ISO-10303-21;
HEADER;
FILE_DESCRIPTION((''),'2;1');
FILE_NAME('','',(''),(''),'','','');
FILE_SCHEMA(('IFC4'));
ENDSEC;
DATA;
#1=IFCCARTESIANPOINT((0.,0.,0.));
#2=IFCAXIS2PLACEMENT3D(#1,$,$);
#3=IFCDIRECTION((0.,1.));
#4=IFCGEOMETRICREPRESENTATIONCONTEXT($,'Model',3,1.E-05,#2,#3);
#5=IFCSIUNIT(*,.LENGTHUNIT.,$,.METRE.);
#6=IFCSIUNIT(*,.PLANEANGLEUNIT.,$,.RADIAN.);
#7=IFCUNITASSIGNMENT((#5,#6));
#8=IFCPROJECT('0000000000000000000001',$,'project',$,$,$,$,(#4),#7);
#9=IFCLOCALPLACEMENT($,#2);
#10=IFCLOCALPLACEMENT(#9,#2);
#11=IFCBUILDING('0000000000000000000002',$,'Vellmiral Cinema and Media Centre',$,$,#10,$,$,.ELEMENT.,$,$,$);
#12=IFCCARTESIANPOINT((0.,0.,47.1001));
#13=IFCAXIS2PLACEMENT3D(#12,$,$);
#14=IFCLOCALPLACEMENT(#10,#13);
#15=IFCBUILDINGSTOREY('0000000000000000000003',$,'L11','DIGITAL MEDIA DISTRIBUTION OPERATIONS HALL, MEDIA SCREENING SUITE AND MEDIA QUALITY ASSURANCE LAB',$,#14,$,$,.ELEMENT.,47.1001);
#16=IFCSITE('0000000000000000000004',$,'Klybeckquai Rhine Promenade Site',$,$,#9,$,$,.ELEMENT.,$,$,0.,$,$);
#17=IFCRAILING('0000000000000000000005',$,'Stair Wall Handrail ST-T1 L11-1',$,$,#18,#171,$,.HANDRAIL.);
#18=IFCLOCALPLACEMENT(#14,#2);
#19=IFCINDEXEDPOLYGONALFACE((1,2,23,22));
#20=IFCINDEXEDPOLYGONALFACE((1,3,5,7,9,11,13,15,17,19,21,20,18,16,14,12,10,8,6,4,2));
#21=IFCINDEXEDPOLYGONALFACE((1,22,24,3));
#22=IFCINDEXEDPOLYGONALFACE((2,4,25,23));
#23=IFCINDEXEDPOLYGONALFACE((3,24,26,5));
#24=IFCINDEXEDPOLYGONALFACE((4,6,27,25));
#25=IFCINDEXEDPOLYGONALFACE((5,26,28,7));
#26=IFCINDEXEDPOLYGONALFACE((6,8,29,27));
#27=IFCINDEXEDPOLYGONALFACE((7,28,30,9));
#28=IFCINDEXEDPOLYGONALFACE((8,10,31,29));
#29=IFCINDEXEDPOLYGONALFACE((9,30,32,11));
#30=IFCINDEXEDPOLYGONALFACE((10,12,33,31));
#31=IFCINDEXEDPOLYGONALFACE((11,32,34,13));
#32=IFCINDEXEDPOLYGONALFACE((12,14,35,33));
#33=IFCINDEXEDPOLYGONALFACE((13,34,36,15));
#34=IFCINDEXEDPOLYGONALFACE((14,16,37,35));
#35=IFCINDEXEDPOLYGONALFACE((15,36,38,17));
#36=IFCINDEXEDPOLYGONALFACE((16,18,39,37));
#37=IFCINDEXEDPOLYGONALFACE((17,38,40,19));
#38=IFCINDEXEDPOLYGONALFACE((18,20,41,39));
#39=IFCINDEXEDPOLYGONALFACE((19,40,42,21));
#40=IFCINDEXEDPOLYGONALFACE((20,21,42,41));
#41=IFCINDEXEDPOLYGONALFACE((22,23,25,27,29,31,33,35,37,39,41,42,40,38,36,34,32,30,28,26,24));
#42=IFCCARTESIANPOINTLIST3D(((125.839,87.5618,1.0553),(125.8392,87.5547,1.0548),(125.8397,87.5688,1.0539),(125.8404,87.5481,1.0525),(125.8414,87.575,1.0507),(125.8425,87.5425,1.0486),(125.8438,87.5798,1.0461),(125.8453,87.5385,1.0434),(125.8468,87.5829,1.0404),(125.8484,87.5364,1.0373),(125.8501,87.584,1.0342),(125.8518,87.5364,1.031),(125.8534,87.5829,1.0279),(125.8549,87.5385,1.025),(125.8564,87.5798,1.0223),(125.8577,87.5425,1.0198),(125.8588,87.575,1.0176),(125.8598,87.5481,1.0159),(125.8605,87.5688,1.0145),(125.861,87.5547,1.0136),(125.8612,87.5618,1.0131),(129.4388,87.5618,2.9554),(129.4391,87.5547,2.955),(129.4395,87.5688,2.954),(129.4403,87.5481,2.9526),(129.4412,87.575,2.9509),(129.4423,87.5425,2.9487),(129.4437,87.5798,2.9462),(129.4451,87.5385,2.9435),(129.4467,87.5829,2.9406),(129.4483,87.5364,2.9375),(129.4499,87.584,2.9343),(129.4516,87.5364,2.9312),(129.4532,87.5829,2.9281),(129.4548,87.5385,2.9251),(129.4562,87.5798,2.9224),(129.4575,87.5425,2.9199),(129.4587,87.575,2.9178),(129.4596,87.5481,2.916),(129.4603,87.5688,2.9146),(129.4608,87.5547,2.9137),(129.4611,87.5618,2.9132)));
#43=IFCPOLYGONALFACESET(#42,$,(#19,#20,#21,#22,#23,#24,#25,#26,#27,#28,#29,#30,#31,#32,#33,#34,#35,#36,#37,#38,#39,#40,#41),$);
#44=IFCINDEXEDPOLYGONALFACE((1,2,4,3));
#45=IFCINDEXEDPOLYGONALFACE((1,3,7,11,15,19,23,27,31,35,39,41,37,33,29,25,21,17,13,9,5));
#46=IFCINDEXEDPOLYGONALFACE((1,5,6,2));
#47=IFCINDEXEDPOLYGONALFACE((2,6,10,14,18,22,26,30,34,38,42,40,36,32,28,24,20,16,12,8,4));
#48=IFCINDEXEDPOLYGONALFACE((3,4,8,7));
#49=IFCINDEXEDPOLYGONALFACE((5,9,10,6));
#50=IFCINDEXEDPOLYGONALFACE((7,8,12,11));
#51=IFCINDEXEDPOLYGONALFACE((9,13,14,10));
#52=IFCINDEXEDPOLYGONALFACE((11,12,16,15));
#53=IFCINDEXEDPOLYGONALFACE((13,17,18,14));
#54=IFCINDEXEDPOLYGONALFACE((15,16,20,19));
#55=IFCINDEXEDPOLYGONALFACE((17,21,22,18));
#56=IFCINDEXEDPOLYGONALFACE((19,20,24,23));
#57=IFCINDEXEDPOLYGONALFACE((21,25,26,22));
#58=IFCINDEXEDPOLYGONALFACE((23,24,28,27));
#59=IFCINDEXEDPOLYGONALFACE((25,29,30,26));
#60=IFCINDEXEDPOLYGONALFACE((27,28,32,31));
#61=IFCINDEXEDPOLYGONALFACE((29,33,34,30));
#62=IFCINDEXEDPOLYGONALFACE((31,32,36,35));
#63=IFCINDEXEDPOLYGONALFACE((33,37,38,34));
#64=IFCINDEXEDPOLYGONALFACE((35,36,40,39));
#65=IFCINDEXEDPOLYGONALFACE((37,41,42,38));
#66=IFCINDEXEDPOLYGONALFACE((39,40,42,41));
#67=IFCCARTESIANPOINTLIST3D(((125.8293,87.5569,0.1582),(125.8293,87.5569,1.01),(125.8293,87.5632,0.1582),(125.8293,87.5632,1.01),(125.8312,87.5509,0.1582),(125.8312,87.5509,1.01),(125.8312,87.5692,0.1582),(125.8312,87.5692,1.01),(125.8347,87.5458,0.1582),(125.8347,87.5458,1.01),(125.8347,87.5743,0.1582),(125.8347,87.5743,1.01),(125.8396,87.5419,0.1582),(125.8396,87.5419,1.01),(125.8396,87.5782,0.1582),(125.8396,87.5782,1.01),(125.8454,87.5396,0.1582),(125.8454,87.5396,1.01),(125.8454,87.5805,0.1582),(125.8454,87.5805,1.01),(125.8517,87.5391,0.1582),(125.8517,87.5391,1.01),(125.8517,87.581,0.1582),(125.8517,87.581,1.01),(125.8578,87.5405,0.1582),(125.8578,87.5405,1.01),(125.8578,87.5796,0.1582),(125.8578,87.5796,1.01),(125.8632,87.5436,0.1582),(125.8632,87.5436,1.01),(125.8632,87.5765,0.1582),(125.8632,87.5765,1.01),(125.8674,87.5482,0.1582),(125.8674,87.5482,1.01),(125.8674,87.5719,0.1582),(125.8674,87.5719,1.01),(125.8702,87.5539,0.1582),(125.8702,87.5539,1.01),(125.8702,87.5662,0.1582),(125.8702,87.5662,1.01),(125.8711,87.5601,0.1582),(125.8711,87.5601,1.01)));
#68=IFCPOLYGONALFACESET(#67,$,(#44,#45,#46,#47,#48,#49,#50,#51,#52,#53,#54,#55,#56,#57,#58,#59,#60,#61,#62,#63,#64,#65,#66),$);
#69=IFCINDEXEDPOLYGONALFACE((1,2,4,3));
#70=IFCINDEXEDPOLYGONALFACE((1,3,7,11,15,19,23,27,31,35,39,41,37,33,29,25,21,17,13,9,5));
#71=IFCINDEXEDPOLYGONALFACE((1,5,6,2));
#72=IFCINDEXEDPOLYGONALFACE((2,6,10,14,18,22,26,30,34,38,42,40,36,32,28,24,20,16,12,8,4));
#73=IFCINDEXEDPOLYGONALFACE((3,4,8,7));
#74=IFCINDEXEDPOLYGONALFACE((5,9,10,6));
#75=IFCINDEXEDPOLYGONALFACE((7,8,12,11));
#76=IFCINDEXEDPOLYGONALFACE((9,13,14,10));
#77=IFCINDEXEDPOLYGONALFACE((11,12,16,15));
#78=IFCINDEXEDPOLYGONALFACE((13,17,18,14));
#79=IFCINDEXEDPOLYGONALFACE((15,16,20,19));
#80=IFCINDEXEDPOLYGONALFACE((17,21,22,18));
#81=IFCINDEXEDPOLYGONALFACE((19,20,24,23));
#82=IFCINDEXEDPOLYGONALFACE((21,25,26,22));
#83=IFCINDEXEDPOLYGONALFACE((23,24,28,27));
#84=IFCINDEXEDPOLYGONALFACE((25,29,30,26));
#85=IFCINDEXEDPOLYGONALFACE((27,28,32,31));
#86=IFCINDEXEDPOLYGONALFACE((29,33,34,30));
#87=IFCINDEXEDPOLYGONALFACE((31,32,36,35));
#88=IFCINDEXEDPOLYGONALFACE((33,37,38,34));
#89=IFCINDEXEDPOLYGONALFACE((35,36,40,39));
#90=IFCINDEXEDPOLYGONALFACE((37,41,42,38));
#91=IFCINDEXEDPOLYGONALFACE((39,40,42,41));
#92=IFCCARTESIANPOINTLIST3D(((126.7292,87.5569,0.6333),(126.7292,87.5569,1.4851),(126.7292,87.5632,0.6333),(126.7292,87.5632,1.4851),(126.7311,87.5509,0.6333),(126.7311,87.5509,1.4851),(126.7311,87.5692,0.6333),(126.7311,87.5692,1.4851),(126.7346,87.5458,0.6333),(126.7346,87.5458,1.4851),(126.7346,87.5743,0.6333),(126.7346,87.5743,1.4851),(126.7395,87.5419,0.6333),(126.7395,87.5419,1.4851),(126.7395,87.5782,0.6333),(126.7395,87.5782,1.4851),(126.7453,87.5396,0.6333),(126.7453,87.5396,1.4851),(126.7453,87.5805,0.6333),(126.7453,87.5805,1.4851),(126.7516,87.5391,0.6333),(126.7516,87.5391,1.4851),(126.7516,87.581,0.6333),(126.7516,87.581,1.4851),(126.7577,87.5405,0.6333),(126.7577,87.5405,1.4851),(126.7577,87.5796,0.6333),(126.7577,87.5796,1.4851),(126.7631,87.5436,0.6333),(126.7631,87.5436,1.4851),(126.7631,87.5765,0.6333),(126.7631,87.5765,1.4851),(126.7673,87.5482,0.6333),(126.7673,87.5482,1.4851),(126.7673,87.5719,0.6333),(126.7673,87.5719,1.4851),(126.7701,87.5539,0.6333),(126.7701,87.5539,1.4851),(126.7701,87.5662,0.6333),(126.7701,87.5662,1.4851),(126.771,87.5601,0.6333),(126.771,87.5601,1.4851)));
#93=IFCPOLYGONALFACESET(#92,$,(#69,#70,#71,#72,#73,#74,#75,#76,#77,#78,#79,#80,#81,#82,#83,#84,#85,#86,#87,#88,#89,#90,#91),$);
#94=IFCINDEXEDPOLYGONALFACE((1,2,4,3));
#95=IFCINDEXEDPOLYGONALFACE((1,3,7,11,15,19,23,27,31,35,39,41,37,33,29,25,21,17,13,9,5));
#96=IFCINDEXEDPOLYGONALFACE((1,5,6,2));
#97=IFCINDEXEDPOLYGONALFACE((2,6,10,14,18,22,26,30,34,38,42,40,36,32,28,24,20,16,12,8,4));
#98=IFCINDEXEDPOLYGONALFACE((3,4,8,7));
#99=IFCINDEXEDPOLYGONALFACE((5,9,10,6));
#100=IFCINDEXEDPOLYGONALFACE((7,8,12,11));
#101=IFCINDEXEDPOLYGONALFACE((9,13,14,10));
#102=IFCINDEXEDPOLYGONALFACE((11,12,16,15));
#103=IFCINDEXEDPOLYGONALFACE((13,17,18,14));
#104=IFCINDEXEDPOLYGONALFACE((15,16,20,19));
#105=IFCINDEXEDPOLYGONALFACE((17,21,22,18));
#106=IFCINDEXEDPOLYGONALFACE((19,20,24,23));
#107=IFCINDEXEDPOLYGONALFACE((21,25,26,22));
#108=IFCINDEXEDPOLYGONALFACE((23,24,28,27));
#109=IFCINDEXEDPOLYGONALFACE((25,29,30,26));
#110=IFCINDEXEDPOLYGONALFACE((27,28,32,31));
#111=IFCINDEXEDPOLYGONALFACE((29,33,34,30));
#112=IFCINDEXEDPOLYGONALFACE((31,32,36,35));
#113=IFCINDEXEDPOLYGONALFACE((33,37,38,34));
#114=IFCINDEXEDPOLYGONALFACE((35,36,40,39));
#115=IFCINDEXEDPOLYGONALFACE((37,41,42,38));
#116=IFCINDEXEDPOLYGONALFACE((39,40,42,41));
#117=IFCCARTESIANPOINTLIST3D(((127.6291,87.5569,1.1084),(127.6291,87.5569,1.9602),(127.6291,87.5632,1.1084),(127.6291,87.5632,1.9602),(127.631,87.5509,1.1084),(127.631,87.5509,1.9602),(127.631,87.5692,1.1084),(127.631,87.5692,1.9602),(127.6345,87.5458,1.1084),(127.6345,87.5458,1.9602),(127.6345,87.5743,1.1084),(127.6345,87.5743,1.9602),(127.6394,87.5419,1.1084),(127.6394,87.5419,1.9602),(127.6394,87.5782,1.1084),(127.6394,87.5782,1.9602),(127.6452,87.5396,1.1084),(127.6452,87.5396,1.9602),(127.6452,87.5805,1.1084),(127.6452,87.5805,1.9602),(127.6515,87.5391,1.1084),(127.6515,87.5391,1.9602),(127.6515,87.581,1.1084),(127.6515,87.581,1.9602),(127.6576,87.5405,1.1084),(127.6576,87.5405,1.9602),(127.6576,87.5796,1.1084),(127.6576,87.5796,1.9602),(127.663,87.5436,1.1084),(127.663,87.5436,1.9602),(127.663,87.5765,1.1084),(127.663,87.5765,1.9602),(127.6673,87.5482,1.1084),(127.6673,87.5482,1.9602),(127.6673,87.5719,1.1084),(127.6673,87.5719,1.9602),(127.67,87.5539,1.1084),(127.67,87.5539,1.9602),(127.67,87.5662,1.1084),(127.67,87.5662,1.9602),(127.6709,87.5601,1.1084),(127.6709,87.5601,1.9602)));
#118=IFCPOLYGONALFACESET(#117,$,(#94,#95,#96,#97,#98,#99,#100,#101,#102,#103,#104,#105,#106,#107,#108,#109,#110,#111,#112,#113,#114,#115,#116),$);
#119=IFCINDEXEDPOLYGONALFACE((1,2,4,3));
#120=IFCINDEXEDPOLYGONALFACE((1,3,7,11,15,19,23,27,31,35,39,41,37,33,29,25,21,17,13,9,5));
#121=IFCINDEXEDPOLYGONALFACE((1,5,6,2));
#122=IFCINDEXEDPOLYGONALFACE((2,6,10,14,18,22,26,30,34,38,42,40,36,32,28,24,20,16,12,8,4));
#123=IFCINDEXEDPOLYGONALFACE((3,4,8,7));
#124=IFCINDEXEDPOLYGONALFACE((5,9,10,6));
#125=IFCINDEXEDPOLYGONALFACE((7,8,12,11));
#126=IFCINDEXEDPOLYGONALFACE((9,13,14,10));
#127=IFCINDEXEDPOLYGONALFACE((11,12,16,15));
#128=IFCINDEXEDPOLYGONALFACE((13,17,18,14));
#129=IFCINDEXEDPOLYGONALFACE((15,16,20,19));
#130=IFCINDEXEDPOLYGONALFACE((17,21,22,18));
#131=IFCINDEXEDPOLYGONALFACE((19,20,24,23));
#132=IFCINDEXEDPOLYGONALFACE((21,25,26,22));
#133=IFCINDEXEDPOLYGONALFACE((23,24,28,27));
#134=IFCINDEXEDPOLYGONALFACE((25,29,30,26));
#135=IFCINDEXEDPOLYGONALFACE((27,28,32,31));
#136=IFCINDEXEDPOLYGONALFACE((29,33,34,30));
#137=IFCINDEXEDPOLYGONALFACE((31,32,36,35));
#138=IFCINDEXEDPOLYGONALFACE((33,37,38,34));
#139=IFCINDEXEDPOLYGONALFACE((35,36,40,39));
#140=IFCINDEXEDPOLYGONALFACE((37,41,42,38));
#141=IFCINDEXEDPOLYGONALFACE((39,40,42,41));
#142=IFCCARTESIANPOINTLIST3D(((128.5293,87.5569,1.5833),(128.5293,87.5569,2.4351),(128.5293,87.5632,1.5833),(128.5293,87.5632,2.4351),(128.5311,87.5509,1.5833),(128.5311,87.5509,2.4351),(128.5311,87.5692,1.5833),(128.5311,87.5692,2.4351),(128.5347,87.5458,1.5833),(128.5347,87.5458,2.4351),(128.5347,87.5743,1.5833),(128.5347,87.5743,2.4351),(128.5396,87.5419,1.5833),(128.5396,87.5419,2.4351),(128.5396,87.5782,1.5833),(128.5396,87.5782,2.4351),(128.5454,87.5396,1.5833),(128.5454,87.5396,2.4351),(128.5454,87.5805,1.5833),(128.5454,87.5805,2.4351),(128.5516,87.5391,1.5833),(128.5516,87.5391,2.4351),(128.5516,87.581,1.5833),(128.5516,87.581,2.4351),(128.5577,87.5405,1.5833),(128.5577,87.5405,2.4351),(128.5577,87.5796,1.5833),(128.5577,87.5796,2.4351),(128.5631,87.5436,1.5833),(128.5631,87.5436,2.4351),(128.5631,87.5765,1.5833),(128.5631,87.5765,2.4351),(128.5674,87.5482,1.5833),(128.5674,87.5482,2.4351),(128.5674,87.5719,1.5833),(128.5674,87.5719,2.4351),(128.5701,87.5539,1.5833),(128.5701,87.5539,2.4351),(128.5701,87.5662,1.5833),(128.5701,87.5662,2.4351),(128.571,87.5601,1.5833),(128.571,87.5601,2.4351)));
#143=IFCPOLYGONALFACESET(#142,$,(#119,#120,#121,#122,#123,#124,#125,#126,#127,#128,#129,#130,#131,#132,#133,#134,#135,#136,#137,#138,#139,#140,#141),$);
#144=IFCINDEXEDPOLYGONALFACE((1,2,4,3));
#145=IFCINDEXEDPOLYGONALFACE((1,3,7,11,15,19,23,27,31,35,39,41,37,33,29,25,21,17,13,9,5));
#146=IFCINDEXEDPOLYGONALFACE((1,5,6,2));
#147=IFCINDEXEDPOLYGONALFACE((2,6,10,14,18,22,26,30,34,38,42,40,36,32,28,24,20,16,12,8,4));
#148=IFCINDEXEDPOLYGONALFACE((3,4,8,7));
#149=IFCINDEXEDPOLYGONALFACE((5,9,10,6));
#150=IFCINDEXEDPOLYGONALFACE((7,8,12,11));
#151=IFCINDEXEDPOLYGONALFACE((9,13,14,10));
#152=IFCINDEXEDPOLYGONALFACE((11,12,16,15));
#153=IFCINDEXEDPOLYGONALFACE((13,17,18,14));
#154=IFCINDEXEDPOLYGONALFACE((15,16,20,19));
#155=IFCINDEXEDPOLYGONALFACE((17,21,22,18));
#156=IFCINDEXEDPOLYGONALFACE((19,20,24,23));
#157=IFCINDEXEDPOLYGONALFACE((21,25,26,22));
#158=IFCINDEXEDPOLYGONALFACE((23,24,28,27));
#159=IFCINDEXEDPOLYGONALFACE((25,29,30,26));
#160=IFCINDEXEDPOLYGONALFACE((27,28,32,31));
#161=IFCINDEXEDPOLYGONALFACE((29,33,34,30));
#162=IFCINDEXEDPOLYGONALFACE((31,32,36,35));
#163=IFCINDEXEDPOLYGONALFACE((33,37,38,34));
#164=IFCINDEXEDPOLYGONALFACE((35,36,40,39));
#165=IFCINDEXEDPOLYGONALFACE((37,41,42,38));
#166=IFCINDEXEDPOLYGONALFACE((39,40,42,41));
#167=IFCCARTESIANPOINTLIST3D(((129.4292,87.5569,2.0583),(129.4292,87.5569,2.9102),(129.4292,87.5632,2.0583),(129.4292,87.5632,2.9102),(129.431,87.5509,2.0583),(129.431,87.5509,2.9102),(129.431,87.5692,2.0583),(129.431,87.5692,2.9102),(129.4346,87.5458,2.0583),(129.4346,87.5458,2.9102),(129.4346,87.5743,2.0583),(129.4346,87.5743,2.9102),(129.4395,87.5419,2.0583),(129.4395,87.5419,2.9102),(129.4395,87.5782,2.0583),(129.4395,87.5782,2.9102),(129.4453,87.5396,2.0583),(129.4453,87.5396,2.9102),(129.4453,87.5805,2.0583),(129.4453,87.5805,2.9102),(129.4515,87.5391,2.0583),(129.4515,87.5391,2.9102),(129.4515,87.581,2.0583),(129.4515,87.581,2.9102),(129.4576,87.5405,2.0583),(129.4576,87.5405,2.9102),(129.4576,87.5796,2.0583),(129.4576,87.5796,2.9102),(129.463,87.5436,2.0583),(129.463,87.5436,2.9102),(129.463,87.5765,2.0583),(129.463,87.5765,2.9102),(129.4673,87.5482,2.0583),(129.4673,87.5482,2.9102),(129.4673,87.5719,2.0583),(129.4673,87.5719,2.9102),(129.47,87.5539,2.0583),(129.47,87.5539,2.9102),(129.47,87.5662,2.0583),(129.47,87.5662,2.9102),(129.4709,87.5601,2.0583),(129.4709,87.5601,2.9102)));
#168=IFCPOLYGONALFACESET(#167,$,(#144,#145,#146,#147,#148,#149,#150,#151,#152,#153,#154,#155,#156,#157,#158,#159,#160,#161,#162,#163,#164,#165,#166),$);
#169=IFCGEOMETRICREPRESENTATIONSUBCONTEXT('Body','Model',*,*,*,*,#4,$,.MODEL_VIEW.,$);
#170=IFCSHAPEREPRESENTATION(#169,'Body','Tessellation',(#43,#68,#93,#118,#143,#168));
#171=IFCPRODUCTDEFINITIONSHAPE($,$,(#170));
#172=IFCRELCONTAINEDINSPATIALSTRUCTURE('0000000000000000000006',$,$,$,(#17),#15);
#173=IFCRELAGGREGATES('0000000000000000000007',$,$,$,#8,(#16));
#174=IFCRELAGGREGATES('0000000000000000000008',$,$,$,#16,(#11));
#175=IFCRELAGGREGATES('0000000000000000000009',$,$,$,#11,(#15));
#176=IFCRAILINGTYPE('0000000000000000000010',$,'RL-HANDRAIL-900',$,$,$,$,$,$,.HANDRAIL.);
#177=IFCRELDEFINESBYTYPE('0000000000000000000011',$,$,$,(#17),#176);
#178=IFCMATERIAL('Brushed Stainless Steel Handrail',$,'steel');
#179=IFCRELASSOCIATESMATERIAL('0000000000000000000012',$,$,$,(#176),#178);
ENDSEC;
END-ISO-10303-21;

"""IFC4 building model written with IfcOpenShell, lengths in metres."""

from ifc_helpers import new_model, si_unit, direction, frame, origin, origin_2d, place, context, subcontext, project, spatial, circle, extrude, material, type_object, element, save


model = new_model("IFC4")

# Units and contexts
model_context = context("Model", 3, precision=1e-05, world=origin(), true_north=direction((0.0, 1.0)))
body_context = subcontext(model_context, "Body", "Model", "MODEL_VIEW")
ifc_project = project(units=[si_unit("LENGTHUNIT", "METRE"), si_unit("PLANEANGLEUNIT", "RADIAN")], contexts=[model_context])

# Site, building, storey
site_placement = place(None, origin())
site = spatial("IfcSite", under=ifc_project, at=site_placement, Name="Klybeckquai Rhine Promenade Site", CompositionType="ELEMENT", RefElevation=0.0)
building_placement = place(site_placement, origin())
building = spatial("IfcBuilding", under=site, at=building_placement, Name="Vellmiral Cinema and Media Centre", CompositionType="ELEMENT")
storey_placement = place(building_placement, frame((0.0, 0.0, 47.1001)))
storey = spatial("IfcBuildingStorey", under=building, at=storey_placement, Name="L11", Description="DIGITAL MEDIA DISTRIBUTION OPERATIONS HALL, MEDIA SCREENING SUITE AND MEDIA QUALITY ASSURANCE LAB", CompositionType="ELEMENT", Elevation=47.1001)

# Railing
ifc_material_1 = material(Name="Brushed Stainless Steel Handrail", Category="steel")
railing_type = type_object("IfcRailingType", Name="RL-HANDRAIL-900", PredefinedType="HANDRAIL", material=ifc_material_1)
railing_placement = place(storey_placement, frame((125.8501, 87.5601, 0.1582)))
element("IfcRailing", 1, at=railing_placement, inside=storey, type_object=railing_type, Name="Stair Wall Handrail ST-T1 L11-1", PredefinedType="HANDRAIL", context=body_context, shape_type="SweptSolid", body=[
    extrude(circle(Radius=0.0239, at=origin_2d()), frame((0.0, 0.0, 0.876), z_axis=(0.884362, 0.0, 0.466802), x_axis=(0.0, 1.0, 0.0)), (0.0, 0.0, 1.0), 4.0706),
    extrude(circle(Radius=0.021, at=origin_2d()), origin(), (0.0, 0.0, 1.0), 0.8518),
    extrude(circle(Radius=0.021, at=origin_2d()), frame((0.8999, 0.0, 0.4751)), (0.0, 0.0, 1.0), 0.8518),
    extrude(circle(Radius=0.021, at=origin_2d()), frame((1.7998, 0.0, 0.9502)), (0.0, 0.0, 1.0), 0.8518),
    extrude(circle(Radius=0.021, at=origin_2d()), frame((2.7, 0.0, 1.425)), (0.0, 0.0, 1.0), 0.8518),
    extrude(circle(Radius=0.021, at=origin_2d()), frame((3.5999, 0.0, 1.9001)), (0.0, 0.0, 1.0), 0.8518),
])

save(model, "model.ifc")
